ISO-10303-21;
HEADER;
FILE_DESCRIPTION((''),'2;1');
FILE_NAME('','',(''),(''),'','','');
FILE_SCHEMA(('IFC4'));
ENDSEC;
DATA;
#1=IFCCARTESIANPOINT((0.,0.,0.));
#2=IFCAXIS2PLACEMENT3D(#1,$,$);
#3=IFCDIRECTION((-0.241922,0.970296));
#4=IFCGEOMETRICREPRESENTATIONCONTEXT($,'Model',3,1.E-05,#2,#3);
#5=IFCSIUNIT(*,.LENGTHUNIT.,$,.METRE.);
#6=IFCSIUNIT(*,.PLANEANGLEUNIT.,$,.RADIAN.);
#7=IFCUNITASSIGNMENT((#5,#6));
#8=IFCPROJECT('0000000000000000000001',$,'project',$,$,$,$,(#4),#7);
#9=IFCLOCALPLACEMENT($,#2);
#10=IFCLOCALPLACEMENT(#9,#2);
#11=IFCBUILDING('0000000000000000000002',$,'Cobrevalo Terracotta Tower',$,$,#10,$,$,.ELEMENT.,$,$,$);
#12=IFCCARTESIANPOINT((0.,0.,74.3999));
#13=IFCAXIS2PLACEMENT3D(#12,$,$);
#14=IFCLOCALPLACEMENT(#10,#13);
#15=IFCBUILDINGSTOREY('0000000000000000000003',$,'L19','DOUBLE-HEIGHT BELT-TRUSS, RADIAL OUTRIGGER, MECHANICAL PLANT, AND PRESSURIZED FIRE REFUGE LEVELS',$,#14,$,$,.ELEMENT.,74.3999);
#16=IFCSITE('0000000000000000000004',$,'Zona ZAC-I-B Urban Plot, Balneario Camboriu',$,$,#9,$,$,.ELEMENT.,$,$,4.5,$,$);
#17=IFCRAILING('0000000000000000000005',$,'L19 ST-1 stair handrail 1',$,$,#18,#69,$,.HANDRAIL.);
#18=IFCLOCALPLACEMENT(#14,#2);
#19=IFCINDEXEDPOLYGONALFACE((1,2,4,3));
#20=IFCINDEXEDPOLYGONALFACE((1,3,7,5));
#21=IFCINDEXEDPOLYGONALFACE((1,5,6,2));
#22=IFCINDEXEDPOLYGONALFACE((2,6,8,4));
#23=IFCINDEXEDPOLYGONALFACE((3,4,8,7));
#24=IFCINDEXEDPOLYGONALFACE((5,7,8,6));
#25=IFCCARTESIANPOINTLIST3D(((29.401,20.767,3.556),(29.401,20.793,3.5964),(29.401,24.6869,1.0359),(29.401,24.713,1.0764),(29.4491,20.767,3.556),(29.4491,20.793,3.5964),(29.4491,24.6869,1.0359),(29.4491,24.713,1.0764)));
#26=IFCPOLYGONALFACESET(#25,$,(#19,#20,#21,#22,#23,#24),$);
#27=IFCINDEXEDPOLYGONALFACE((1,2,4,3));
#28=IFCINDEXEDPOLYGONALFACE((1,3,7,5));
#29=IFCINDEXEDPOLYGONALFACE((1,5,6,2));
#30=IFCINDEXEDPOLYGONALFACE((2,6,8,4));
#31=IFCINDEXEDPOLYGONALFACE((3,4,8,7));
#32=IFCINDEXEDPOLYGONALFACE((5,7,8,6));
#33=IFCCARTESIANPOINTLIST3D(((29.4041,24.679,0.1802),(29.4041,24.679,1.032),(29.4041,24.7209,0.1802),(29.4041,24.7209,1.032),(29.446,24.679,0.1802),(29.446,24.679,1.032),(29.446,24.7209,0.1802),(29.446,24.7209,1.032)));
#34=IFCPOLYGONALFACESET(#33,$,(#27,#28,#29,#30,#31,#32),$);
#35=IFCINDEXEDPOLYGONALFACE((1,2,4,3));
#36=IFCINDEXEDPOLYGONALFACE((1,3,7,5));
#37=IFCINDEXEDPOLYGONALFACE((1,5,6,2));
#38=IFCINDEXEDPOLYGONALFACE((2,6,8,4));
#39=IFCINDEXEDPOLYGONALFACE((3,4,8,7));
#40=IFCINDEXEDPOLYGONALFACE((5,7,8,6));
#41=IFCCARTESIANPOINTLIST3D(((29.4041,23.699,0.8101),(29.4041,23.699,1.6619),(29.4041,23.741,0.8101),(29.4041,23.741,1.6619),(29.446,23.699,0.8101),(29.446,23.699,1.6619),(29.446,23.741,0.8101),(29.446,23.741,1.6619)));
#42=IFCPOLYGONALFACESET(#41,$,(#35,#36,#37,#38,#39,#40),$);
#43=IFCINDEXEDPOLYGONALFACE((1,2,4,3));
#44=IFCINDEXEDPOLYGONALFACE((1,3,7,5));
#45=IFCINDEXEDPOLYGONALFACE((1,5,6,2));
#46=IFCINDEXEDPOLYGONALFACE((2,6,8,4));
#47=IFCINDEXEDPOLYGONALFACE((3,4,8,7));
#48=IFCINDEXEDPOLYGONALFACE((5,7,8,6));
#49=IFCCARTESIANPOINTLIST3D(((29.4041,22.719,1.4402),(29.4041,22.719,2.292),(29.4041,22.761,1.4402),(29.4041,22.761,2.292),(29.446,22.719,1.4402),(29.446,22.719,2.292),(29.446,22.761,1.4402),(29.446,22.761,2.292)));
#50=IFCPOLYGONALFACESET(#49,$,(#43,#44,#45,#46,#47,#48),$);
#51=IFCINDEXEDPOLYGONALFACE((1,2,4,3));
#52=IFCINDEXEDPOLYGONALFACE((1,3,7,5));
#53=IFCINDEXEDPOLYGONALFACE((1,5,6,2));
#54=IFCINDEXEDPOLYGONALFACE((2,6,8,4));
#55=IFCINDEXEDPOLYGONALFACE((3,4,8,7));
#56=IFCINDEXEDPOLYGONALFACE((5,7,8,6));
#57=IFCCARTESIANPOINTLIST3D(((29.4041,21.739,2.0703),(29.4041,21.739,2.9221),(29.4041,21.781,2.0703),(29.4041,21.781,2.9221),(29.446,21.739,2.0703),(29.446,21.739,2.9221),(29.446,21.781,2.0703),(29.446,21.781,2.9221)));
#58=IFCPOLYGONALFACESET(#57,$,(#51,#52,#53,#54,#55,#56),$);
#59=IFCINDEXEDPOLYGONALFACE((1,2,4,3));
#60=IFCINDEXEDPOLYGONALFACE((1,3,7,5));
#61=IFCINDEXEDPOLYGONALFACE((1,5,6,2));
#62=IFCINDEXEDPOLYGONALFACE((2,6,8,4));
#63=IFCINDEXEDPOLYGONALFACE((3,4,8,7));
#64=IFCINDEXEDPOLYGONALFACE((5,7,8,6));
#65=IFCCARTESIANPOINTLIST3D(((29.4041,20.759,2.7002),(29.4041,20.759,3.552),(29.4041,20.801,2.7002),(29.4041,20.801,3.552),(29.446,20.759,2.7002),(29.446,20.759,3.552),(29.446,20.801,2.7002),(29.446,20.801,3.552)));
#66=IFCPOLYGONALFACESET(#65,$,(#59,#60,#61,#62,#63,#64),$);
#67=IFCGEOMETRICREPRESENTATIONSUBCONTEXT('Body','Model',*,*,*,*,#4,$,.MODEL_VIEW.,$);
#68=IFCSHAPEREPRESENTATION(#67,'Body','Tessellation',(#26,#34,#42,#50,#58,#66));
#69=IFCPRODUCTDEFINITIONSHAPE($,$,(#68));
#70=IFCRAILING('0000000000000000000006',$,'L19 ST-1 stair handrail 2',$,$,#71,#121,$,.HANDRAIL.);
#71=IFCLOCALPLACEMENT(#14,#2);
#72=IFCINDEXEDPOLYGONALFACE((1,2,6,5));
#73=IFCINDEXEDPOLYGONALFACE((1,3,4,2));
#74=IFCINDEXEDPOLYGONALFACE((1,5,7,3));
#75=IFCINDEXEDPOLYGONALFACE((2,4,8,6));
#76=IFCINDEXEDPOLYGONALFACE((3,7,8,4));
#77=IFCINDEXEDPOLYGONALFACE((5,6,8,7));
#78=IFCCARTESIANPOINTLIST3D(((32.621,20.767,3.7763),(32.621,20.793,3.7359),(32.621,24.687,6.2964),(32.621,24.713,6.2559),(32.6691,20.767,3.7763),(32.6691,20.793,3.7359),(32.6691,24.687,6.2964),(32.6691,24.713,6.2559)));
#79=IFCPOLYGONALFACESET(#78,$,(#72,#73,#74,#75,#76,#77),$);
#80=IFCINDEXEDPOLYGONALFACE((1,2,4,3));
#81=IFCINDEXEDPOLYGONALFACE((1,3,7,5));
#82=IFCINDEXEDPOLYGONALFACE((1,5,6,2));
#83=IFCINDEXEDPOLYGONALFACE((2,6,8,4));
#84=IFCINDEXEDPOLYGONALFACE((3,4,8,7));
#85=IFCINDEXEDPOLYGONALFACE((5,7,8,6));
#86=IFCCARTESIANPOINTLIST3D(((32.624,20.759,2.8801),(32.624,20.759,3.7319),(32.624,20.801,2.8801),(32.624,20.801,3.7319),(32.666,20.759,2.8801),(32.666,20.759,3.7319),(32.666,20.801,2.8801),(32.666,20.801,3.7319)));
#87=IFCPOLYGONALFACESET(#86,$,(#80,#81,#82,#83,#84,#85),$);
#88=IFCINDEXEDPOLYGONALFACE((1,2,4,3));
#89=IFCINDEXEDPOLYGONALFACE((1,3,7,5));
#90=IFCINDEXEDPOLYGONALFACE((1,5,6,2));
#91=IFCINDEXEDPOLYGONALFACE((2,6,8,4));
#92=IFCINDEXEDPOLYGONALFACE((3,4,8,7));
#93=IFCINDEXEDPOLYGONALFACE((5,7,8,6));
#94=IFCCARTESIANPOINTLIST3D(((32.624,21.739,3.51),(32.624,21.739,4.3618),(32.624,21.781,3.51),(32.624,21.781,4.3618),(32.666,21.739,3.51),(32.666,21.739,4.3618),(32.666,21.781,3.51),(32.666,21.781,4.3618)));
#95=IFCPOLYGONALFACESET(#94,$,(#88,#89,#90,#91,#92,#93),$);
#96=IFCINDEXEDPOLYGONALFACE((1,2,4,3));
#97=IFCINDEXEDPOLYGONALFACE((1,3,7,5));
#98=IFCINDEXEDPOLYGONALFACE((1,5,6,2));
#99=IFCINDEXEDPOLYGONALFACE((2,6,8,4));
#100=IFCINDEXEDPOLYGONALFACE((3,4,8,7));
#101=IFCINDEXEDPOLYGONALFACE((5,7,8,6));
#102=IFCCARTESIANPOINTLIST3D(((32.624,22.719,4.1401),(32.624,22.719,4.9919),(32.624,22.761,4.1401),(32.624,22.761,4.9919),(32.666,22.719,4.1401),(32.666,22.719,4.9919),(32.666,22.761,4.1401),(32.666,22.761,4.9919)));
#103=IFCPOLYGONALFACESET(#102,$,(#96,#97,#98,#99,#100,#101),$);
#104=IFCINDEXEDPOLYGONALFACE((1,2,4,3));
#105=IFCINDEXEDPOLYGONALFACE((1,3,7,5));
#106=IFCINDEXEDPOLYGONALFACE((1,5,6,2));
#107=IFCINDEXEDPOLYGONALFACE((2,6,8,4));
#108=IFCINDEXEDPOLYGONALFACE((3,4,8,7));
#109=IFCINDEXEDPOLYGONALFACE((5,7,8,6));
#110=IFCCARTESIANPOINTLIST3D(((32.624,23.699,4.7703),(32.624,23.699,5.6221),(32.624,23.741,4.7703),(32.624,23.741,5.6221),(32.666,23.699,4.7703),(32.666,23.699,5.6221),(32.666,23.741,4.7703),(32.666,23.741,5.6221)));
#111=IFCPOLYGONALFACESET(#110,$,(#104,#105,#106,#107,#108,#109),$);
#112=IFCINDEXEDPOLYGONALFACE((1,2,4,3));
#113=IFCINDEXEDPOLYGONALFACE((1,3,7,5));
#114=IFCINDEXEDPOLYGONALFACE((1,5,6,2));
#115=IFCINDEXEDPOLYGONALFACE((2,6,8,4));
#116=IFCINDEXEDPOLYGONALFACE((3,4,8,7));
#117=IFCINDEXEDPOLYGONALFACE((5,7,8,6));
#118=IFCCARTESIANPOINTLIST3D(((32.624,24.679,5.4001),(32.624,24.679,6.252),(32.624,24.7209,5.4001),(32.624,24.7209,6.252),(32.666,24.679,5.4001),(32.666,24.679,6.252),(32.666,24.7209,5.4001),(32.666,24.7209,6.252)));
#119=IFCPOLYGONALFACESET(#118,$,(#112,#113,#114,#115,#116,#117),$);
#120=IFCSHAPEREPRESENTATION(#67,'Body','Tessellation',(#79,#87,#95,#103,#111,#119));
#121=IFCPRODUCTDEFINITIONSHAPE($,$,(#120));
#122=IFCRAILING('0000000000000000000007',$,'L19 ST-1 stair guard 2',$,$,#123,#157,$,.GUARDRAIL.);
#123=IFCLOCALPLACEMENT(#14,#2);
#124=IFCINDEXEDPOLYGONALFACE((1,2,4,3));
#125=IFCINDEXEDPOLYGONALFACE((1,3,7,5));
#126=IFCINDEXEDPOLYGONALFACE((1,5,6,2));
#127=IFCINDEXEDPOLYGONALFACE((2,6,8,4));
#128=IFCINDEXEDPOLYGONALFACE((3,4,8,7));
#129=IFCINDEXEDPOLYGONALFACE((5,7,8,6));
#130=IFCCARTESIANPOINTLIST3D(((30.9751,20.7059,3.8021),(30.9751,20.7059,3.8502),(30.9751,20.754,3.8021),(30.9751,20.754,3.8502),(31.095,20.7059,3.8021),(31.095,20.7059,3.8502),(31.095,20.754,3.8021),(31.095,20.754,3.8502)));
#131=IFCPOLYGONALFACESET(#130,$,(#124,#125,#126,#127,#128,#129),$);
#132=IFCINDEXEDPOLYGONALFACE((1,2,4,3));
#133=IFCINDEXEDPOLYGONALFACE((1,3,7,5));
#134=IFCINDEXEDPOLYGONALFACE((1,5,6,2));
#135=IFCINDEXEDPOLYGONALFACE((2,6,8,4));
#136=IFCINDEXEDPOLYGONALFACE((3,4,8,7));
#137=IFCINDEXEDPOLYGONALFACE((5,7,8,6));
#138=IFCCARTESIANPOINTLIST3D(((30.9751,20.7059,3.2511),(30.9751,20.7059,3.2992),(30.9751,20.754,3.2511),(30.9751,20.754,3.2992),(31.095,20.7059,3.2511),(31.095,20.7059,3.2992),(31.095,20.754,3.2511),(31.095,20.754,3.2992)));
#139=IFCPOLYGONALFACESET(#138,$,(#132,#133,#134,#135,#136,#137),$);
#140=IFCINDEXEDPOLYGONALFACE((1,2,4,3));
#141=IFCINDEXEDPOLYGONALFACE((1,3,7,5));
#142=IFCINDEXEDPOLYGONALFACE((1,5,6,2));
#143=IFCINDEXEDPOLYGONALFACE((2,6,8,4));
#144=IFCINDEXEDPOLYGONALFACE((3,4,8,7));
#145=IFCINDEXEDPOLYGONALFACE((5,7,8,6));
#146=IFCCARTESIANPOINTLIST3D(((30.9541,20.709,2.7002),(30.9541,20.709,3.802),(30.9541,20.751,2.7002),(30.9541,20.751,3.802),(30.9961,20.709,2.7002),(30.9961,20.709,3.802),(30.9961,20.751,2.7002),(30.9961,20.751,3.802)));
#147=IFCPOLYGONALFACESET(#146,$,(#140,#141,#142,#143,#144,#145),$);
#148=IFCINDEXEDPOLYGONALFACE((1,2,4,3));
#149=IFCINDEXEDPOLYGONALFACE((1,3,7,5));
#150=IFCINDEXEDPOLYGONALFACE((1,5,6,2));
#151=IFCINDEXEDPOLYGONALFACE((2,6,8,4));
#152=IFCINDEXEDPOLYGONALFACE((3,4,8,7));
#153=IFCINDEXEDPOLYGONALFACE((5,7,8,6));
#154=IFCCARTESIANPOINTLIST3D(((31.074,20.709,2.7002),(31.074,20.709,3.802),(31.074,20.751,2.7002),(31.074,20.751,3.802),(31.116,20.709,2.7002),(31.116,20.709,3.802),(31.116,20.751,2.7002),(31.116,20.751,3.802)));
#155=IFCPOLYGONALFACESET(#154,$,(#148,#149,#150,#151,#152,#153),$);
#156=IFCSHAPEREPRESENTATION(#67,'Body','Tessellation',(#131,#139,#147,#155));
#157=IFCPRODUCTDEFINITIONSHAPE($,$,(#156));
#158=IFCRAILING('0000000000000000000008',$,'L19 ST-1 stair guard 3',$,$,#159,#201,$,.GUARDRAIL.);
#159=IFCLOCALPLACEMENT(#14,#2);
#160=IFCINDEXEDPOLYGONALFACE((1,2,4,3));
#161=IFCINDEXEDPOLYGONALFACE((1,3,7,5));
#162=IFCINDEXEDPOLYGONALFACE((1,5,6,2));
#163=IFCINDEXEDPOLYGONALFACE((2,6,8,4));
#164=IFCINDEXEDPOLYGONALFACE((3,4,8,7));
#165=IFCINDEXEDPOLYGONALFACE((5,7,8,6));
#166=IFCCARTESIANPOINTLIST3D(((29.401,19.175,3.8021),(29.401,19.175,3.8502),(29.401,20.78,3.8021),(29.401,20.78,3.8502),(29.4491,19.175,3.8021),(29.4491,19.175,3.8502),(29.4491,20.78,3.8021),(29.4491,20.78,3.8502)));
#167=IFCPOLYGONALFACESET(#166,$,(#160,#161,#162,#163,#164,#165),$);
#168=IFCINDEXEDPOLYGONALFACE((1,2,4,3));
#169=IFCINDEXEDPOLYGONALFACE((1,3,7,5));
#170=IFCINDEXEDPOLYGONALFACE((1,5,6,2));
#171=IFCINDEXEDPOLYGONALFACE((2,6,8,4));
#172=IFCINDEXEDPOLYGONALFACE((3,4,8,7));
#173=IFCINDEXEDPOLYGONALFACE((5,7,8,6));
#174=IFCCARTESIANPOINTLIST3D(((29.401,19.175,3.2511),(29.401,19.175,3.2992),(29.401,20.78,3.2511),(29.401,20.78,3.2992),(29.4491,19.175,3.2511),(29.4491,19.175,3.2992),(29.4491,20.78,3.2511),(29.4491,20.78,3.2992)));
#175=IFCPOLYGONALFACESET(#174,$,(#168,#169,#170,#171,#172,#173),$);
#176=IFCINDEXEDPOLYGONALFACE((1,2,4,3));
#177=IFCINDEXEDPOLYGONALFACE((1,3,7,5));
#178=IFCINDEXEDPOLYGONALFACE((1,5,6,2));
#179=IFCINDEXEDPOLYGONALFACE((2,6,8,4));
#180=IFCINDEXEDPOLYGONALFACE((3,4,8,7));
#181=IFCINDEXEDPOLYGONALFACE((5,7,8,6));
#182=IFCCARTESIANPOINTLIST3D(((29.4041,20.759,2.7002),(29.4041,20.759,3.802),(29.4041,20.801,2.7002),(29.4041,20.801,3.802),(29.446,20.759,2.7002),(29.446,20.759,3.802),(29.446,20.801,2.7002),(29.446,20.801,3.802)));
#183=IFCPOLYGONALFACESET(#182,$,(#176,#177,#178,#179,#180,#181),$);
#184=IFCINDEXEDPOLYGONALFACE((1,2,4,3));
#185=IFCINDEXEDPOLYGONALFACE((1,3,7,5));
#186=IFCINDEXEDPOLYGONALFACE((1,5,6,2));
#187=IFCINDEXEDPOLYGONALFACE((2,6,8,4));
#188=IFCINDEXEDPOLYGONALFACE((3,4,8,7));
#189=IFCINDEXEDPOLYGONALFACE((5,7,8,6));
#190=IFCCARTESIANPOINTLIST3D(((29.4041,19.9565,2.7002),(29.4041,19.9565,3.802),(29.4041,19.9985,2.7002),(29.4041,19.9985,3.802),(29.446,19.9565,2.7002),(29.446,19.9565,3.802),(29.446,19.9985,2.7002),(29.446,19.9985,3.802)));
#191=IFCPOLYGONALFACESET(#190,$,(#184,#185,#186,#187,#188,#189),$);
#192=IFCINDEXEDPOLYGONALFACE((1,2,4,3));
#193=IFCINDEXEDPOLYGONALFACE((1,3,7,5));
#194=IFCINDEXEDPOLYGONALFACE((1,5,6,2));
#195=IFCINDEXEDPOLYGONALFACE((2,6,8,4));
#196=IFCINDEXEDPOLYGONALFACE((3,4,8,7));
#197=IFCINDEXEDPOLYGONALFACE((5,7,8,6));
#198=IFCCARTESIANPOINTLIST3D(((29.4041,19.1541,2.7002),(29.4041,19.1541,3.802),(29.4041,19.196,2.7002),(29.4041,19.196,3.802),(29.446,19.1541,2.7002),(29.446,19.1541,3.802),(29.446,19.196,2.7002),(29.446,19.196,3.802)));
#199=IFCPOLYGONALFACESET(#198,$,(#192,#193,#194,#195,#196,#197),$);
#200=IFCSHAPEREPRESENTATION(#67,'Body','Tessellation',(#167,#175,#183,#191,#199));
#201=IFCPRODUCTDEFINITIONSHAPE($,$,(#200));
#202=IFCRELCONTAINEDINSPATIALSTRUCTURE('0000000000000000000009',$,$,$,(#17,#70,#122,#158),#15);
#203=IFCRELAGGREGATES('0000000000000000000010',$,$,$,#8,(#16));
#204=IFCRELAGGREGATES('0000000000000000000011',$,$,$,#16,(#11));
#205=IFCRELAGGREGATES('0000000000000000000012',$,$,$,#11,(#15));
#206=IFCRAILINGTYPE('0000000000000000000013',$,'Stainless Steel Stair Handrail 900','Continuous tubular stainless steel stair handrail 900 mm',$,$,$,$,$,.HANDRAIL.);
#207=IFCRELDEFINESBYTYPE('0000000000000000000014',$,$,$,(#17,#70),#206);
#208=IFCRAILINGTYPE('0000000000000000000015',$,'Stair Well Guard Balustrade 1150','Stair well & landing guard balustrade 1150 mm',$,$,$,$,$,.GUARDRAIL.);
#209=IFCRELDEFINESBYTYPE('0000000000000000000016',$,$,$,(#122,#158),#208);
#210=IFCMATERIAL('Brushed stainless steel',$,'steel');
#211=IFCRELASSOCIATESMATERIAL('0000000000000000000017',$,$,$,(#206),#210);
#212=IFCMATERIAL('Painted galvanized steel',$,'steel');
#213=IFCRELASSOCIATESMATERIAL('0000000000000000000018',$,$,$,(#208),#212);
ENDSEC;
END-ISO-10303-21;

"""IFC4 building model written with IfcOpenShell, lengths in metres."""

from ifc_helpers import new_model, si_unit, direction, frame, origin, origin_2d, place, context, subcontext, project, spatial, rectangle, extrude, material, type_object, element, save


model = new_model("IFC4")

# Units and contexts
model_context = context("Model", 3, precision=1e-05, world=origin(), true_north=direction((-0.241922, 0.970296)))
body_context = subcontext(model_context, "Body", "Model", "MODEL_VIEW")
ifc_project = project(units=[si_unit("LENGTHUNIT", "METRE"), si_unit("PLANEANGLEUNIT", "RADIAN")], contexts=[model_context])

# Site, building, storey
site_placement = place(None, origin())
site = spatial("IfcSite", under=ifc_project, at=site_placement, Name="Zona ZAC-I-B Urban Plot, Balneario Camboriu", CompositionType="ELEMENT", RefElevation=4.5)
building_placement = place(site_placement, origin())
building = spatial("IfcBuilding", under=site, at=building_placement, Name="Cobrevalo Terracotta Tower", CompositionType="ELEMENT")
storey_placement = place(building_placement, frame((0.0, 0.0, 74.3999)))
storey = spatial("IfcBuildingStorey", under=building, at=storey_placement, Name="L19", Description="DOUBLE-HEIGHT BELT-TRUSS, RADIAL OUTRIGGER, MECHANICAL PLANT, AND PRESSURIZED FIRE REFUGE LEVELS", CompositionType="ELEMENT", Elevation=74.3999)

# Railings
ifc_material_1 = material(Name="Brushed stainless steel", Category="steel")
railing_type_1 = type_object("IfcRailingType", Name="Stainless Steel Stair Handrail 900", Description="Continuous tubular stainless steel stair handrail 900 mm", PredefinedType="HANDRAIL", material=ifc_material_1)
railing_1_placement = place(storey_placement, frame((29.425, 24.7, 0.1802)))
element("IfcRailing", 1, at=railing_1_placement, inside=storey, type_object=railing_type_1, Name="L19 ST-1 stair handrail 1", PredefinedType="HANDRAIL", context=body_context, shape_type="SweptSolid", body=[
    extrude(rectangle(XDim=0.0481, YDim=0.0481, at=origin_2d()), frame((0.0, 0.0, 0.876), z_axis=(0.0, -0.841172, 0.540768), x_axis=(1.0, 0.0, 0.0)), (0.0, 0.0, 1.0), 4.6602),
    extrude(rectangle(XDim=0.042, YDim=0.042, at=origin_2d()), origin(), (0.0, 0.0, 1.0), 0.8518),
    extrude(rectangle(XDim=0.042, YDim=0.042, at=origin_2d()), frame((0.0, -0.98, 0.6299)), (0.0, 0.0, 1.0), 0.8518),
    extrude(rectangle(XDim=0.042, YDim=0.042, at=origin_2d()), frame((0.0, -1.96, 1.26)), (0.0, 0.0, 1.0), 0.8518),
    extrude(rectangle(XDim=0.042, YDim=0.042, at=origin_2d()), frame((0.0, -2.9399, 1.8901)), (0.0, 0.0, 1.0), 0.8518),
    extrude(rectangle(XDim=0.042, YDim=0.042, at=origin_2d()), frame((0.0, -3.9199, 2.52)), (0.0, 0.0, 1.0), 0.8518),
])
railing_2_placement = place(storey_placement, frame((32.645, 20.78, 2.8801)))
element("IfcRailing", 2, at=railing_2_placement, inside=storey, type_object=railing_type_1, Name="L19 ST-1 stair handrail 2", PredefinedType="HANDRAIL", context=body_context, shape_type="SweptSolid", body=[
    extrude(rectangle(XDim=0.0481, YDim=0.0481, at=origin_2d()), frame((0.0, 0.0, 0.876), z_axis=(0.0, 0.841172, 0.540768), x_axis=(-1.0, 0.0, 0.0)), (0.0, 0.0, 1.0), 4.6602),
    extrude(rectangle(XDim=0.042, YDim=0.042, at=origin_2d()), origin(), (0.0, 0.0, 1.0), 0.8518),
    extrude(rectangle(XDim=0.042, YDim=0.042, at=origin_2d()), frame((0.0, 0.98, 0.6299)), (0.0, 0.0, 1.0), 0.8518),
    extrude(rectangle(XDim=0.042, YDim=0.042, at=origin_2d()), frame((0.0, 1.96, 1.26)), (0.0, 0.0, 1.0), 0.8518),
    extrude(rectangle(XDim=0.042, YDim=0.042, at=origin_2d()), frame((0.0, 2.9399, 1.8901)), (0.0, 0.0, 1.0), 0.8518),
    extrude(rectangle(XDim=0.042, YDim=0.042, at=origin_2d()), frame((0.0, 3.9199, 2.52)), (0.0, 0.0, 1.0), 0.8518),
])
ifc_material_2 = material(Name="Painted galvanized steel", Category="steel")
railing_type_2 = type_object("IfcRailingType", Name="Stair Well Guard Balustrade 1150", Description="Stair well & landing guard balustrade 1150 mm", PredefinedType="GUARDRAIL", material=ifc_material_2)
railing_3_placement = place(storey_placement, frame((30.9751, 20.73, 2.7002)))
element("IfcRailing", 3, at=railing_3_placement, inside=storey, type_object=railing_type_2, Name="L19 ST-1 stair guard 2", PredefinedType="GUARDRAIL", context=body_context, shape_type="SweptSolid", body=[
    extrude(rectangle(XDim=0.0481, YDim=0.0481, at=origin_2d()), frame((0.0, 0.0, 1.126), z_axis=(1.0, 0.0, 0.0), x_axis=(0.0, 1.0, 0.0)), (0.0, 0.0, 1.0), 0.1199),
    extrude(rectangle(XDim=0.0481, YDim=0.0481, at=origin_2d()), frame((0.0, 0.0, 0.575), z_axis=(1.0, 0.0, 0.0), x_axis=(0.0, 1.0, 0.0)), (0.0, 0.0, 1.0), 0.1199),
    extrude(rectangle(XDim=0.042, YDim=0.042, at=origin_2d()), origin(), (0.0, 0.0, 1.0), 1.1018),
    extrude(rectangle(XDim=0.042, YDim=0.042, at=origin_2d()), frame((0.1199, 0.0, 0.0)), (0.0, 0.0, 1.0), 1.1018),
])
for number, where, name in (
    (4, (29.425, 20.78, 2.7002), "L19 ST-1 stair guard 3"),
):
    element("IfcRailing", number, at=place(storey_placement, frame(where)), inside=storey, type_object=railing_type_2, Name=name, PredefinedType="GUARDRAIL", context=body_context, shape_type="SweptSolid", body=[
        extrude(rectangle(XDim=0.0481, YDim=0.0481, at=origin_2d()), frame((0.0, 0.0, 1.126), z_axis=(0.0, -1.0, 0.0), x_axis=(1.0, 0.0, 0.0)), (0.0, 0.0, 1.0), 1.605),
        extrude(rectangle(XDim=0.0481, YDim=0.0481, at=origin_2d()), frame((0.0, 0.0, 0.575), z_axis=(0.0, -1.0, 0.0), x_axis=(1.0, 0.0, 0.0)), (0.0, 0.0, 1.0), 1.605),
        extrude(rectangle(XDim=0.042, YDim=0.042, at=origin_2d()), origin(), (0.0, 0.0, 1.0), 1.1018),
        extrude(rectangle(XDim=0.042, YDim=0.042, at=origin_2d()), frame((0.0, -0.8025, 0.0)), (0.0, 0.0, 1.0), 1.1018),
        extrude(rectangle(XDim=0.042, YDim=0.042, at=origin_2d()), frame((0.0, -1.605, 0.0)), (0.0, 0.0, 1.0), 1.1018),
    ])

save(model, "model.ifc")
